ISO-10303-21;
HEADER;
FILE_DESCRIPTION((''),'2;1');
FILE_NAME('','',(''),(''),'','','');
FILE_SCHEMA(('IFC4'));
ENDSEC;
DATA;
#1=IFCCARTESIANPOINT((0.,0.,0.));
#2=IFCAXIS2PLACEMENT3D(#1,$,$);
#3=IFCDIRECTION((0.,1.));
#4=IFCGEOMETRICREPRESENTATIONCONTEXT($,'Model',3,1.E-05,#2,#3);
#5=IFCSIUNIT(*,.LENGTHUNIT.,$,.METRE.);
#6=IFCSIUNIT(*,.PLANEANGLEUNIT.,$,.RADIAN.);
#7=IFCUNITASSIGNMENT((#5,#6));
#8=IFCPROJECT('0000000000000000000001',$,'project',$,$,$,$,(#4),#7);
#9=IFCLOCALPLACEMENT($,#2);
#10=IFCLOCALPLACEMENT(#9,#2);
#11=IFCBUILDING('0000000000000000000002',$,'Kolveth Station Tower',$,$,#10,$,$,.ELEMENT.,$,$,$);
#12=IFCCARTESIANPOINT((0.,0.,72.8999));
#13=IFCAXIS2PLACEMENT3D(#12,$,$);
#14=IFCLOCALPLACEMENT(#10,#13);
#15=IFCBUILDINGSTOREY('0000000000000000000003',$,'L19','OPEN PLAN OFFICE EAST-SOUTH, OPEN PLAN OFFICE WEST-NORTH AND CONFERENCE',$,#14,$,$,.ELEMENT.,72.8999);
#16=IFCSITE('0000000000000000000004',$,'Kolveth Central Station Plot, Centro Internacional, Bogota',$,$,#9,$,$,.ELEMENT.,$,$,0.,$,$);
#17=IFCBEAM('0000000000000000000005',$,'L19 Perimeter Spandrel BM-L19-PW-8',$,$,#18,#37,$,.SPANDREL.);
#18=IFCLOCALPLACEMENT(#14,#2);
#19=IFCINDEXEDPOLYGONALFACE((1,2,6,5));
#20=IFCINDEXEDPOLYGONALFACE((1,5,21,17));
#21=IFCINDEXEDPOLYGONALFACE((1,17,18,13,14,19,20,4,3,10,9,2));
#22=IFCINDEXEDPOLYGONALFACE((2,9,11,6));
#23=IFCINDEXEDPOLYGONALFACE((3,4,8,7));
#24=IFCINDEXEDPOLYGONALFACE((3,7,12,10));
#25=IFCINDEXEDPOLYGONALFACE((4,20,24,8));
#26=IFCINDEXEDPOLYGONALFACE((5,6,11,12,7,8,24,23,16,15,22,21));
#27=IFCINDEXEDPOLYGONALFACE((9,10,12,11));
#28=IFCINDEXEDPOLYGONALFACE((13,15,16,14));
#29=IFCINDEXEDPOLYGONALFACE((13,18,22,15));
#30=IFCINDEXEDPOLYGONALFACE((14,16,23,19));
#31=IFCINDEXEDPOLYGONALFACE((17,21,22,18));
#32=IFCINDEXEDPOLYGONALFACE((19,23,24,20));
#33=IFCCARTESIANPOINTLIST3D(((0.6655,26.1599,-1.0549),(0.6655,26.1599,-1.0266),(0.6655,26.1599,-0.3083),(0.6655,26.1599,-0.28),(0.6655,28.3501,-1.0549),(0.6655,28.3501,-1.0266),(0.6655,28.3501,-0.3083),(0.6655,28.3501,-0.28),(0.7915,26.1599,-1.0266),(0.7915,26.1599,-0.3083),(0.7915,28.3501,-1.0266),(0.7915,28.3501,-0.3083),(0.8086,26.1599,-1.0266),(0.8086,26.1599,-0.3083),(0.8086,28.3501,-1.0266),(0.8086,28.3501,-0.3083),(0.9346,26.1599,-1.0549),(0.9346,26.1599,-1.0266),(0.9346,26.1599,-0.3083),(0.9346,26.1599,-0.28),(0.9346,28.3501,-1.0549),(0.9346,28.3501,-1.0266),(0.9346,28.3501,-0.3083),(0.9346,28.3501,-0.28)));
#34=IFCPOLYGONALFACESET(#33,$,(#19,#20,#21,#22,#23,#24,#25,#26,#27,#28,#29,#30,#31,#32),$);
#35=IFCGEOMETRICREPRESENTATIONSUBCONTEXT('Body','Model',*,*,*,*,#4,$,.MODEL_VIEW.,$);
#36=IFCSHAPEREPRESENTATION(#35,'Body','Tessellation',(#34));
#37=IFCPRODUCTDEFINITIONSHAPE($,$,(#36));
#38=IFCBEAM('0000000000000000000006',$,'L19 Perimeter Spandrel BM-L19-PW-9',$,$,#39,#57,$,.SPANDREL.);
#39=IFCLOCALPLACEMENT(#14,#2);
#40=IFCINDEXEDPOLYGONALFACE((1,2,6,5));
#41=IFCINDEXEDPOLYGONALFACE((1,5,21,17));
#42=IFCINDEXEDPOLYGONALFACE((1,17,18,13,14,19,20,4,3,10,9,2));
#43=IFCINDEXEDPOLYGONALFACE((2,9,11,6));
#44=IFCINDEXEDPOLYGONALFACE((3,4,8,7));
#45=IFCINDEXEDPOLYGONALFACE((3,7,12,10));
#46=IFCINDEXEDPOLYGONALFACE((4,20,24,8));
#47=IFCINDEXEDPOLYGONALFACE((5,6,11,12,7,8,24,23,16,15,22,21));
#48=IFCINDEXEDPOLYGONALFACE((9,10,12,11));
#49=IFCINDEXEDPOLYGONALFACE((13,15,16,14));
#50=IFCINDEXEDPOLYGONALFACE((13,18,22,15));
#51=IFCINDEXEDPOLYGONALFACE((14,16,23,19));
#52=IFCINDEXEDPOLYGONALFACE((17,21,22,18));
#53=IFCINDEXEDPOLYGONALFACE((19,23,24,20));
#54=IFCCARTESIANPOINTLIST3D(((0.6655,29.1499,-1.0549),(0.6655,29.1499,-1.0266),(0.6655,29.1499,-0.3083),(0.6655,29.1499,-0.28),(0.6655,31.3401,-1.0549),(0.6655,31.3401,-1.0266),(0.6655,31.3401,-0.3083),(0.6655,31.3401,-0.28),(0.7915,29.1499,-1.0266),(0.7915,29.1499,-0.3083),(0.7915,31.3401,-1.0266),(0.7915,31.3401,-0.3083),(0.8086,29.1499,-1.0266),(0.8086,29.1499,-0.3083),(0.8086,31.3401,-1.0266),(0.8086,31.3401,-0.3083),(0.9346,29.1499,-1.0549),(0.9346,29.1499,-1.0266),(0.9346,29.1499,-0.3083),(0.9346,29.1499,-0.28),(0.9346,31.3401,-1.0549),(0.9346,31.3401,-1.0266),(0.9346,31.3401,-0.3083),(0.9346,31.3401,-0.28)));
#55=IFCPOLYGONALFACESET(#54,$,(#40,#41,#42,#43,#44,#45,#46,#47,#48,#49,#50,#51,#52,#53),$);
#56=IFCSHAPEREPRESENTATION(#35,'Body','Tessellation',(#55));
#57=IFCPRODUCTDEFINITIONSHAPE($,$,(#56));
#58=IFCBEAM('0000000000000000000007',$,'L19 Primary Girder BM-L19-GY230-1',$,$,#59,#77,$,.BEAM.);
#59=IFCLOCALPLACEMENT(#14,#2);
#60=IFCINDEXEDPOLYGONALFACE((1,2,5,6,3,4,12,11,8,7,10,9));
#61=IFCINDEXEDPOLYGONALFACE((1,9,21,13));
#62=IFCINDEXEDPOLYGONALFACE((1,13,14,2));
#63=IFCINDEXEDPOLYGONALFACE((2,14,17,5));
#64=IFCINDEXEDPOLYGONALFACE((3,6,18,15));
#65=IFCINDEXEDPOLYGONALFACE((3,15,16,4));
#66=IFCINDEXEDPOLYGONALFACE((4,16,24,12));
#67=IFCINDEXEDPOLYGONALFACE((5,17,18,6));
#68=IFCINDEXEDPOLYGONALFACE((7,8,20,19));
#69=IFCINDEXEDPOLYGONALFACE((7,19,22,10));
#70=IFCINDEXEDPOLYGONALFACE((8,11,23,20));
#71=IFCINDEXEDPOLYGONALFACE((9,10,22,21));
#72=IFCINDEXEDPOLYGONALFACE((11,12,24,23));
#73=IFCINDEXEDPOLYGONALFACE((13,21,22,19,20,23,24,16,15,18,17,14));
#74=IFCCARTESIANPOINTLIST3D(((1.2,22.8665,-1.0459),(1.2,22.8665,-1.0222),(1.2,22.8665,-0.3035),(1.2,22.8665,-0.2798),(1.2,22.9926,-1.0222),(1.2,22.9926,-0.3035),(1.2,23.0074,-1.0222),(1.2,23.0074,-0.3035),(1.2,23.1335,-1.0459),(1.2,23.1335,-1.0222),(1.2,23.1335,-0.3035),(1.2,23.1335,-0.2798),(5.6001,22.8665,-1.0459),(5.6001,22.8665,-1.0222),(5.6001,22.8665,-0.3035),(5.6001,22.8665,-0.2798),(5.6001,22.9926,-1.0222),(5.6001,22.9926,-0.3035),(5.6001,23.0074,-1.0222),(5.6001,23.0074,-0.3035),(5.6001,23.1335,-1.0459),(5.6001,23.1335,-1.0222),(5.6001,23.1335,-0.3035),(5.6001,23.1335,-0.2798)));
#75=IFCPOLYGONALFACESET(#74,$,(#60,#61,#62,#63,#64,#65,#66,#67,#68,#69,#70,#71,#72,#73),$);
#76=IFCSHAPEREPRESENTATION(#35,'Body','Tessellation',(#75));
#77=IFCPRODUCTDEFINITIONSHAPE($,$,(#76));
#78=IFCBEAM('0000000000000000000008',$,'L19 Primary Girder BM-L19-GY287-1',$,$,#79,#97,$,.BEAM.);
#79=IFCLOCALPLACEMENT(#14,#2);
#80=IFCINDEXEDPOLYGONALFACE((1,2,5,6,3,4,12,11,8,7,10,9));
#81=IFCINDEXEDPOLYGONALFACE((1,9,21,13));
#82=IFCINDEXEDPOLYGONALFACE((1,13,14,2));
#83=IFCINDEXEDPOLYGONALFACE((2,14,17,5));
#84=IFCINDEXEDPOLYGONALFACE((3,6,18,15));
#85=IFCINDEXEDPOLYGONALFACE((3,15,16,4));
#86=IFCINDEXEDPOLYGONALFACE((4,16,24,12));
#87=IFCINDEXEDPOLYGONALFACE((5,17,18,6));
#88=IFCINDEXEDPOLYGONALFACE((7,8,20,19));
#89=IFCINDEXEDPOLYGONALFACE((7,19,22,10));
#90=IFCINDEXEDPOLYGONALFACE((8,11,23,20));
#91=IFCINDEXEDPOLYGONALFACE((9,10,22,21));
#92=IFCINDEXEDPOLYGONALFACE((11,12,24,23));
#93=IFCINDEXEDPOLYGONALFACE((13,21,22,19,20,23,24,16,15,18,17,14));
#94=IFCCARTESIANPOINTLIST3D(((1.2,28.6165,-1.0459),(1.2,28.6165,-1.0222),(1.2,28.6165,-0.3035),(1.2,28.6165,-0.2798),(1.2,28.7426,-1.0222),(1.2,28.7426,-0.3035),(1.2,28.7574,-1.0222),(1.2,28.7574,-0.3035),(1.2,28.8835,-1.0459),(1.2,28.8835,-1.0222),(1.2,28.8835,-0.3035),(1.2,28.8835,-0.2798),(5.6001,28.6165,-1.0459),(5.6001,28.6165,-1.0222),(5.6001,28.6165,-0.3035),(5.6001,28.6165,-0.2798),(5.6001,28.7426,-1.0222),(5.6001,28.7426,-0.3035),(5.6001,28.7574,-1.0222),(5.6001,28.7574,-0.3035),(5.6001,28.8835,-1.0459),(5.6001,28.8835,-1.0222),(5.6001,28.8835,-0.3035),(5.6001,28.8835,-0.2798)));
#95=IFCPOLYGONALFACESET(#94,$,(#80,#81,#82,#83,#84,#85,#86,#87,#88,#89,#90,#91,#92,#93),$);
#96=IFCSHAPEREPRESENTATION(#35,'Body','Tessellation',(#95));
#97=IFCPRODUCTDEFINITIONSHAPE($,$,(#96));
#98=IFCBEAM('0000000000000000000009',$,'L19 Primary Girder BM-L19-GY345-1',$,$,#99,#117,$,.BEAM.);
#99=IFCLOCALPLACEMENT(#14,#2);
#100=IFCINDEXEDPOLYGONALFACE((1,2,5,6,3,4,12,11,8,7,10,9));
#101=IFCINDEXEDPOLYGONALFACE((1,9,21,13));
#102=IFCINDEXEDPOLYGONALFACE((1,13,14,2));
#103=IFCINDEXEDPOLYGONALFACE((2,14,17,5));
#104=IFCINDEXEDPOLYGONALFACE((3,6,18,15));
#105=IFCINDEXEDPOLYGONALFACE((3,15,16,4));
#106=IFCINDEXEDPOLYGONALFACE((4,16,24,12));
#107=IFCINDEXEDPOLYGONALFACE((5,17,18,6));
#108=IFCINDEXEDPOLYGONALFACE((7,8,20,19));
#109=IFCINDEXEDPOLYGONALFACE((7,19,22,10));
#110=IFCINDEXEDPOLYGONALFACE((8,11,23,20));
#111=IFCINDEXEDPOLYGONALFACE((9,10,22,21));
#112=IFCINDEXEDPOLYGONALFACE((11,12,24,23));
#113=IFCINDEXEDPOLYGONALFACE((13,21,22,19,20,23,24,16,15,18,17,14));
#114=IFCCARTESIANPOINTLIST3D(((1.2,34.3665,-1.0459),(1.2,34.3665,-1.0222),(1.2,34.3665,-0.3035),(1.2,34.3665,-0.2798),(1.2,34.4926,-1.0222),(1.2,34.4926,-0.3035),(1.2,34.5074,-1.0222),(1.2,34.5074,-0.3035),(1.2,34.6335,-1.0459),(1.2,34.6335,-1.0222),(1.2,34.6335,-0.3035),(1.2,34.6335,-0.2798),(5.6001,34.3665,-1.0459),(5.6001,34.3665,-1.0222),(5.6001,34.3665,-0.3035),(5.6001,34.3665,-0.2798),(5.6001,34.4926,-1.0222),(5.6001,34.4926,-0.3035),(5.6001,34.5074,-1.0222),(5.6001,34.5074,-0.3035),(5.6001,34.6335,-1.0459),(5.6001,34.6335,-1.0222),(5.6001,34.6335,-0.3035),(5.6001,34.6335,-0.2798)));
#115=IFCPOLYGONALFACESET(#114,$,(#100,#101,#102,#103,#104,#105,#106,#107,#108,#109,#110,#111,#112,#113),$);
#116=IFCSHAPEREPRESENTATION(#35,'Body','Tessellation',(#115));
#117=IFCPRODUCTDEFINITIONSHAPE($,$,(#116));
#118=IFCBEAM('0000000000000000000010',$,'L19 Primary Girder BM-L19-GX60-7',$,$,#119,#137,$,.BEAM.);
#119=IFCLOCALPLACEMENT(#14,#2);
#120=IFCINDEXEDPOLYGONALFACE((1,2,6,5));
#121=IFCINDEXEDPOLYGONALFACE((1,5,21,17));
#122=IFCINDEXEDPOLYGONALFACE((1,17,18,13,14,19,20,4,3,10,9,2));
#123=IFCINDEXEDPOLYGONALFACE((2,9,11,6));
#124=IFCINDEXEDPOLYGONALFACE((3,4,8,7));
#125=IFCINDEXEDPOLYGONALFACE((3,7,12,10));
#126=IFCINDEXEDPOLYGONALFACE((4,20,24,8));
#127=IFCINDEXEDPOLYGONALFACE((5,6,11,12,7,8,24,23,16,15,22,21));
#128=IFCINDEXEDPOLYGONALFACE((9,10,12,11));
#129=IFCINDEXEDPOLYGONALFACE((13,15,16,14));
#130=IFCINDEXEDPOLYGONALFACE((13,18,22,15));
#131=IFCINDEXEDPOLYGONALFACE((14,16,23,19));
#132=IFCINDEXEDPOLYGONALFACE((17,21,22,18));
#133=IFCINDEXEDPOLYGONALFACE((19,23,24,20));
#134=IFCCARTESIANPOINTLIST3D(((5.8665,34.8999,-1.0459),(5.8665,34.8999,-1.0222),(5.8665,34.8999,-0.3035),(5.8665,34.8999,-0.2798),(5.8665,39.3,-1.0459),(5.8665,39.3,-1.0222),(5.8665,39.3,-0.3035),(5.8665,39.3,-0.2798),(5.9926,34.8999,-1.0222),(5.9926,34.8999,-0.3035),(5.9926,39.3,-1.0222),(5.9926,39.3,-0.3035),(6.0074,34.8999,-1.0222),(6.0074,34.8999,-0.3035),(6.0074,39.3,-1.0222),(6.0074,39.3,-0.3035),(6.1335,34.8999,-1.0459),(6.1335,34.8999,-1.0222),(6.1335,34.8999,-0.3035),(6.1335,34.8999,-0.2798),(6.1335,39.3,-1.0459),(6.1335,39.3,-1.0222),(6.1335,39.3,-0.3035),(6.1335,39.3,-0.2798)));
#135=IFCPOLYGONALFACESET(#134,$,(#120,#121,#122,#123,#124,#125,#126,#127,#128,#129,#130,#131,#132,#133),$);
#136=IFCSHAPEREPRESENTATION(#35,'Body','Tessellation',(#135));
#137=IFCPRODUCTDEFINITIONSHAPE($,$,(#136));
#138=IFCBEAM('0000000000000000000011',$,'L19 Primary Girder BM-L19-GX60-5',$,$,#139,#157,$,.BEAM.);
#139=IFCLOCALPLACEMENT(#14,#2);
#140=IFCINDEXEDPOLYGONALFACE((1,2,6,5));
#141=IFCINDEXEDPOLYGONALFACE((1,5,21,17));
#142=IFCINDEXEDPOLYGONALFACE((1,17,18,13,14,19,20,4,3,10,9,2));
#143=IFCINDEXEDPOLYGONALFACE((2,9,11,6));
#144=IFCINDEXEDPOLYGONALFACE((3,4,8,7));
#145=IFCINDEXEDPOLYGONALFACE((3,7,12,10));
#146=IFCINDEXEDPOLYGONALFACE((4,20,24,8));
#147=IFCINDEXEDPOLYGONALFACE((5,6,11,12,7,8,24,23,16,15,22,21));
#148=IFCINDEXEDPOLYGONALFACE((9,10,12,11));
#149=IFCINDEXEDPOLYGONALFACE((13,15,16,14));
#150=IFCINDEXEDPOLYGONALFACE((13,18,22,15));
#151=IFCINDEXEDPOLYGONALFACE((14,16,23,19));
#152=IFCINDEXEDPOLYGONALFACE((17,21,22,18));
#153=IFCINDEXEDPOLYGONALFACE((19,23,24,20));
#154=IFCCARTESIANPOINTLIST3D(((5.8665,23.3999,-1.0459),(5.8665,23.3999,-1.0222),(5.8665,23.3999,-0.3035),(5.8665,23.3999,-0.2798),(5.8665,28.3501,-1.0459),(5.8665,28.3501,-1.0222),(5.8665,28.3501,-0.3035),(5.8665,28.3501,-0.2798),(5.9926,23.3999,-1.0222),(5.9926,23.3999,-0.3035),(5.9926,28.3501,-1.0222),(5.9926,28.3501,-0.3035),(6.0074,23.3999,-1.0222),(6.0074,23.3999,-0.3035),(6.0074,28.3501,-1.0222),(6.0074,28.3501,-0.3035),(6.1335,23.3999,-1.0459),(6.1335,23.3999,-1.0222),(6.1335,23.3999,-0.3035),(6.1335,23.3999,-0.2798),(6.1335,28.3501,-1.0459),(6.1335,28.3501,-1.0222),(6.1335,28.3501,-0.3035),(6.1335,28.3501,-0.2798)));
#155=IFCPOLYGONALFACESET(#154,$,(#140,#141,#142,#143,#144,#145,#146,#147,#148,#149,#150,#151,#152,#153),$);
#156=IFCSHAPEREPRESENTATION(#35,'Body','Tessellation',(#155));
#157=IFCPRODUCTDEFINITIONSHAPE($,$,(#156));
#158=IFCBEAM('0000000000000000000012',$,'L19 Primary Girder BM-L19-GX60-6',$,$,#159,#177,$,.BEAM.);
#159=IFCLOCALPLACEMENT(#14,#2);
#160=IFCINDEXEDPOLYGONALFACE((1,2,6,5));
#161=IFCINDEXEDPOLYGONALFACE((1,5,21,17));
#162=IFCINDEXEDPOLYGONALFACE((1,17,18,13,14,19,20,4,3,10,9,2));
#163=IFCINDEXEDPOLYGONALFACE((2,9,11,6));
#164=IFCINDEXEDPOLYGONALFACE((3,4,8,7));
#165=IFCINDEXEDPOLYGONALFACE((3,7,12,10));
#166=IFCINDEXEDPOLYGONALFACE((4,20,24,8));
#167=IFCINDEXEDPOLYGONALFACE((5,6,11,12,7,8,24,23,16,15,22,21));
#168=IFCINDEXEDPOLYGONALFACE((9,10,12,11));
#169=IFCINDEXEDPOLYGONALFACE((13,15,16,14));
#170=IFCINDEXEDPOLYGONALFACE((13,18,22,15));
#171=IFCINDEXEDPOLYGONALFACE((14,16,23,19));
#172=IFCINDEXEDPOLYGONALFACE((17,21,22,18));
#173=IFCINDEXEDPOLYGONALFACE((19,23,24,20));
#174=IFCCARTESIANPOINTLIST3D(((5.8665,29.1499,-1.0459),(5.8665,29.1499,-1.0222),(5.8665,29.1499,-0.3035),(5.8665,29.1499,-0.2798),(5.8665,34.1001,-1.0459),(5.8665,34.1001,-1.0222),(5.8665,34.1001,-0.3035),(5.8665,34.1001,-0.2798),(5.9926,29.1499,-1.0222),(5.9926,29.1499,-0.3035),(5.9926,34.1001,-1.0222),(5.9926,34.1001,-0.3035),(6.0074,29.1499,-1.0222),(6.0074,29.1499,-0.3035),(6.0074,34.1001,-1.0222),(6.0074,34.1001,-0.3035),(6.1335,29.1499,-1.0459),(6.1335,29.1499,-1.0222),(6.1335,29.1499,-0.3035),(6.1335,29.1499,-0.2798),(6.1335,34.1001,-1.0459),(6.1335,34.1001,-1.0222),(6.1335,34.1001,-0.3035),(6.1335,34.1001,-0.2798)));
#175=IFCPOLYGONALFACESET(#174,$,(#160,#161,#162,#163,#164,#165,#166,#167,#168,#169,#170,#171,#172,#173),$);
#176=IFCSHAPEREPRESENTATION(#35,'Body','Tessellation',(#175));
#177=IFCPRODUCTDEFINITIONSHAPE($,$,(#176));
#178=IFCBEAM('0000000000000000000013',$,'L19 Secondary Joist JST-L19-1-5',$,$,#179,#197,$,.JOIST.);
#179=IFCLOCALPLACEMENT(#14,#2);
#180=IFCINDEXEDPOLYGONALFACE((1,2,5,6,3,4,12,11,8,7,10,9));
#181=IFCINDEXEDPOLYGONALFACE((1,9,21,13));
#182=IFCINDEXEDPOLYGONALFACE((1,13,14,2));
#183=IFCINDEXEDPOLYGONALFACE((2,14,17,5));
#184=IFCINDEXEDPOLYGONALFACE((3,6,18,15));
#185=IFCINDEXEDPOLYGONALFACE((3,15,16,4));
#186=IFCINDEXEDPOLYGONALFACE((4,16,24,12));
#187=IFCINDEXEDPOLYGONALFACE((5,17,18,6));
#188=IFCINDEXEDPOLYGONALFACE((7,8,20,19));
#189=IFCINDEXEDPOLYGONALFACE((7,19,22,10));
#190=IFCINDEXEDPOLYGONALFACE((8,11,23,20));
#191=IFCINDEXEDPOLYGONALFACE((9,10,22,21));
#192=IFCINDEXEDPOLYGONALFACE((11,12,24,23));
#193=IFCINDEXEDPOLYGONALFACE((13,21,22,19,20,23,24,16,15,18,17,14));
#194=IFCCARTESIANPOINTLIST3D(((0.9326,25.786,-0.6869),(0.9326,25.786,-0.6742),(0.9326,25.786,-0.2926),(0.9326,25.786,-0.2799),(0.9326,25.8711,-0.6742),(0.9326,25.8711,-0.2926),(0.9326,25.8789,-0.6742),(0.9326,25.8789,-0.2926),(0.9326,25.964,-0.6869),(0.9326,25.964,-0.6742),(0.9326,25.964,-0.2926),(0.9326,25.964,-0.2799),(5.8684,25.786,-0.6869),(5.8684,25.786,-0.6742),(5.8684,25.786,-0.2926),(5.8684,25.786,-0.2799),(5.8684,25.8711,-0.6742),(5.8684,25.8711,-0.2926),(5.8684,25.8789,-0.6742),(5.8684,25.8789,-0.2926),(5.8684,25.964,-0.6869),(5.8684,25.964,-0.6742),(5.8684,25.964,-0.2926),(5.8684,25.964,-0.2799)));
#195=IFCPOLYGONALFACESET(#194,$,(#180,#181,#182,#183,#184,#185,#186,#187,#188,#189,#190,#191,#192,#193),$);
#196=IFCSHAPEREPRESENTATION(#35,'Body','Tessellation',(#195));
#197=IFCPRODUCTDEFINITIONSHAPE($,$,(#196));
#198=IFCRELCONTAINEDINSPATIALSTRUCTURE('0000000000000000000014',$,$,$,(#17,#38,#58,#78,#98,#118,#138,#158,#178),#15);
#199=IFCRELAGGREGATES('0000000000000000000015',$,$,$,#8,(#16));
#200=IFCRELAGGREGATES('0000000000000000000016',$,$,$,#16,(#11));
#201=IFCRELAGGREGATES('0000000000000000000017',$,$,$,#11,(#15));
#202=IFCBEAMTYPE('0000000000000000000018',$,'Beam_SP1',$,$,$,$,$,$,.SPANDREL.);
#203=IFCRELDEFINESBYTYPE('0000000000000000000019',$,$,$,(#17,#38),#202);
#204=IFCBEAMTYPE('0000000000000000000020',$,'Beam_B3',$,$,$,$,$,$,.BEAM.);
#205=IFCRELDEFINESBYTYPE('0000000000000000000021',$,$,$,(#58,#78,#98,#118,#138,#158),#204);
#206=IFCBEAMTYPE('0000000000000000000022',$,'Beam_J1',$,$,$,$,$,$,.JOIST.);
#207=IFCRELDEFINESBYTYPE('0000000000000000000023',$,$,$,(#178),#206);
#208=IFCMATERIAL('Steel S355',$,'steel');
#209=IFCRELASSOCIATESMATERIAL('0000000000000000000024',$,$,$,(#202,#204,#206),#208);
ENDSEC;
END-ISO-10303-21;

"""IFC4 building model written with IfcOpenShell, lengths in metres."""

from ifc_helpers import new_model, si_unit, direction, frame, origin, origin_2d, place, context, subcontext, project, spatial, i_section, extrude, source, transform, mapped, material, material_profile, profile_set, type_object, element, save


model = new_model("IFC4")

# Units and contexts
model_context = context("Model", 3, precision=1e-05, world=origin(), true_north=direction((0.0, 1.0)))
body_context = subcontext(model_context, "Body", "Model", "MODEL_VIEW")
ifc_project = project(units=[si_unit("LENGTHUNIT", "METRE"), si_unit("PLANEANGLEUNIT", "RADIAN")], contexts=[model_context])

# Site, building, storey
site_placement = place(None, origin())
site = spatial("IfcSite", under=ifc_project, at=site_placement, Name="Kolveth Central Station Plot, Centro Internacional, Bogota", CompositionType="ELEMENT", RefElevation=0.0)
building_placement = place(site_placement, origin())
building = spatial("IfcBuilding", under=site, at=building_placement, Name="Kolveth Station Tower", CompositionType="ELEMENT")
storey_placement = place(building_placement, frame((0.0, 0.0, 72.8999)))
storey = spatial("IfcBuildingStorey", under=building, at=storey_placement, Name="L19", Description="OPEN PLAN OFFICE EAST-SOUTH, OPEN PLAN OFFICE WEST-NORTH AND CONFERENCE", CompositionType="ELEMENT", Elevation=72.8999)

# Shared definitions
ifc_material_1 = material(Name="Steel S355", Category="steel")

# Beams
ifc_material_profile_1 = material_profile(ifc_material_1, i_section(OverallWidth=0.269, OverallDepth=0.7749, WebThickness=0.0171, FlangeThickness=0.0283, at=origin_2d()), Name="W760x220")
ifc_profile_set_1 = profile_set([ifc_material_profile_1], Name="Steel S355")
beam_type_1 = type_object("IfcBeamType", Name="Beam_SP1", PredefinedType="SPANDREL", material=ifc_profile_set_1)
shared_shape_1 = source(origin(), body_context, "Body", "SweptSolid", [
    extrude(i_section(OverallWidth=0.269, OverallDepth=0.7749, WebThickness=0.0171, FlangeThickness=0.0283, at=origin_2d()), origin(), (0.0, 0.0, 1.0), 2.1902),
])
for number, where, z_axis, x_axis, name in (
    (1, (0.8, 26.1599, -0.6675), (0.0, 1.0, 0.0), (-1.0, 0.0, 0.0), "L19 Perimeter Spandrel BM-L19-PW-8"),
    (2, (0.8, 29.1499, -0.6675), (0.0, 1.0, 0.0), (-1.0, 0.0, 0.0), "L19 Perimeter Spandrel BM-L19-PW-9"),
):
    element("IfcBeam", number, at=place(storey_placement, frame(where, z_axis=z_axis, x_axis=x_axis)), inside=storey, type_object=beam_type_1, Name=name, PredefinedType="SPANDREL", context=body_context, shape_type="MappedRepresentation", body=[
        mapped(shared_shape_1, transform((0.0, 0.0, 0.0), x_axis=(1.0, 0.0, 0.0), y_axis=(0.0, 1.0, 0.0), z_axis=(0.0, 0.0, 1.0), scale=1.0)),
    ])
ifc_material_profile_2 = material_profile(ifc_material_1, i_section(OverallWidth=0.2671, OverallDepth=0.7661, WebThickness=0.0149, FlangeThickness=0.0237, at=origin_2d()), Name="W760x185")
ifc_profile_set_2 = profile_set([ifc_material_profile_2], Name="Steel S355")
beam_type_2 = type_object("IfcBeamType", Name="Beam_B3", PredefinedType="BEAM", material=ifc_profile_set_2)
shared_shape_2 = source(origin(), body_context, "Body", "SweptSolid", [
    extrude(i_section(OverallWidth=0.2671, OverallDepth=0.7661, WebThickness=0.0149, FlangeThickness=0.0237, at=origin_2d()), origin(), (0.0, 0.0, 1.0), 4.4001),
])
for number, where, z_axis, x_axis, name in (
    (3, (1.2, 23.0, -0.6628), (1.0, 0.0, 0.0), (0.0, 1.0, 0.0), "L19 Primary Girder BM-L19-GY230-1"),
    (4, (1.2, 28.75, -0.6628), (1.0, 0.0, 0.0), (0.0, 1.0, 0.0), "L19 Primary Girder BM-L19-GY287-1"),
    (5, (1.2, 34.5, -0.6628), (1.0, 0.0, 0.0), (0.0, 1.0, 0.0), "L19 Primary Girder BM-L19-GY345-1"),
    (6, (6.0, 34.8999, -0.6628), (0.0, 1.0, 0.0), (-1.0, 0.0, 0.0), "L19 Primary Girder BM-L19-GX60-7"),
):
    element("IfcBeam", number, at=place(storey_placement, frame(where, z_axis=z_axis, x_axis=x_axis)), inside=storey, type_object=beam_type_2, Name=name, PredefinedType="BEAM", context=body_context, shape_type="MappedRepresentation", body=[
        mapped(shared_shape_2, transform((0.0, 0.0, 0.0), x_axis=(1.0, 0.0, 0.0), y_axis=(0.0, 1.0, 0.0), z_axis=(0.0, 0.0, 1.0), scale=1.0)),
    ])
shared_shape_3 = source(origin(), body_context, "Body", "SweptSolid", [
    extrude(i_section(OverallWidth=0.2671, OverallDepth=0.7661, WebThickness=0.0149, FlangeThickness=0.0237, at=origin_2d()), origin(), (0.0, 0.0, 1.0), 4.9502),
])
for number, where, z_axis, x_axis, name in (
    (7, (6.0, 23.3999, -0.6628), (0.0, 1.0, 0.0), (-1.0, 0.0, 0.0), "L19 Primary Girder BM-L19-GX60-5"),
    (8, (6.0, 29.1499, -0.6628), (0.0, 1.0, 0.0), (-1.0, 0.0, 0.0), "L19 Primary Girder BM-L19-GX60-6"),
):
    element("IfcBeam", number, at=place(storey_placement, frame(where, z_axis=z_axis, x_axis=x_axis)), inside=storey, type_object=beam_type_2, Name=name, PredefinedType="BEAM", context=body_context, shape_type="MappedRepresentation", body=[
        mapped(shared_shape_3, transform((0.0, 0.0, 0.0), x_axis=(1.0, 0.0, 0.0), y_axis=(0.0, 1.0, 0.0), z_axis=(0.0, 0.0, 1.0), scale=1.0)),
    ])
ifc_material_profile_3 = material_profile(ifc_material_1, i_section(OverallWidth=0.178, OverallDepth=0.407, WebThickness=0.0078, FlangeThickness=0.0127, at=origin_2d()), Name="W410x60")
ifc_profile_set_3 = profile_set([ifc_material_profile_3], Name="Steel S355")
beam_type_3 = type_object("IfcBeamType", Name="Beam_J1", PredefinedType="JOIST", material=ifc_profile_set_3)
shared_shape_4 = source(origin(), body_context, "Body", "SweptSolid", [
    extrude(i_section(OverallWidth=0.178, OverallDepth=0.407, WebThickness=0.0078, FlangeThickness=0.0127, at=origin_2d()), origin(), (0.0, 0.0, 1.0), 4.9358),
])
for number, where, z_axis, x_axis, name in (
    (9, (0.9326, 25.875, -0.4834), (1.0, 0.0, 0.0), (0.0, 1.0, 0.0), "L19 Secondary Joist JST-L19-1-5"),
):
    element("IfcBeam", number, at=place(storey_placement, frame(where, z_axis=z_axis, x_axis=x_axis)), inside=storey, type_object=beam_type_3, Name=name, PredefinedType="JOIST", context=body_context, shape_type="MappedRepresentation", body=[
        mapped(shared_shape_4, transform((0.0, 0.0, 0.0), x_axis=(1.0, 0.0, 0.0), y_axis=(0.0, 1.0, 0.0), z_axis=(0.0, 0.0, 1.0), scale=1.0)),
    ])

save(model, "model.ifc")
